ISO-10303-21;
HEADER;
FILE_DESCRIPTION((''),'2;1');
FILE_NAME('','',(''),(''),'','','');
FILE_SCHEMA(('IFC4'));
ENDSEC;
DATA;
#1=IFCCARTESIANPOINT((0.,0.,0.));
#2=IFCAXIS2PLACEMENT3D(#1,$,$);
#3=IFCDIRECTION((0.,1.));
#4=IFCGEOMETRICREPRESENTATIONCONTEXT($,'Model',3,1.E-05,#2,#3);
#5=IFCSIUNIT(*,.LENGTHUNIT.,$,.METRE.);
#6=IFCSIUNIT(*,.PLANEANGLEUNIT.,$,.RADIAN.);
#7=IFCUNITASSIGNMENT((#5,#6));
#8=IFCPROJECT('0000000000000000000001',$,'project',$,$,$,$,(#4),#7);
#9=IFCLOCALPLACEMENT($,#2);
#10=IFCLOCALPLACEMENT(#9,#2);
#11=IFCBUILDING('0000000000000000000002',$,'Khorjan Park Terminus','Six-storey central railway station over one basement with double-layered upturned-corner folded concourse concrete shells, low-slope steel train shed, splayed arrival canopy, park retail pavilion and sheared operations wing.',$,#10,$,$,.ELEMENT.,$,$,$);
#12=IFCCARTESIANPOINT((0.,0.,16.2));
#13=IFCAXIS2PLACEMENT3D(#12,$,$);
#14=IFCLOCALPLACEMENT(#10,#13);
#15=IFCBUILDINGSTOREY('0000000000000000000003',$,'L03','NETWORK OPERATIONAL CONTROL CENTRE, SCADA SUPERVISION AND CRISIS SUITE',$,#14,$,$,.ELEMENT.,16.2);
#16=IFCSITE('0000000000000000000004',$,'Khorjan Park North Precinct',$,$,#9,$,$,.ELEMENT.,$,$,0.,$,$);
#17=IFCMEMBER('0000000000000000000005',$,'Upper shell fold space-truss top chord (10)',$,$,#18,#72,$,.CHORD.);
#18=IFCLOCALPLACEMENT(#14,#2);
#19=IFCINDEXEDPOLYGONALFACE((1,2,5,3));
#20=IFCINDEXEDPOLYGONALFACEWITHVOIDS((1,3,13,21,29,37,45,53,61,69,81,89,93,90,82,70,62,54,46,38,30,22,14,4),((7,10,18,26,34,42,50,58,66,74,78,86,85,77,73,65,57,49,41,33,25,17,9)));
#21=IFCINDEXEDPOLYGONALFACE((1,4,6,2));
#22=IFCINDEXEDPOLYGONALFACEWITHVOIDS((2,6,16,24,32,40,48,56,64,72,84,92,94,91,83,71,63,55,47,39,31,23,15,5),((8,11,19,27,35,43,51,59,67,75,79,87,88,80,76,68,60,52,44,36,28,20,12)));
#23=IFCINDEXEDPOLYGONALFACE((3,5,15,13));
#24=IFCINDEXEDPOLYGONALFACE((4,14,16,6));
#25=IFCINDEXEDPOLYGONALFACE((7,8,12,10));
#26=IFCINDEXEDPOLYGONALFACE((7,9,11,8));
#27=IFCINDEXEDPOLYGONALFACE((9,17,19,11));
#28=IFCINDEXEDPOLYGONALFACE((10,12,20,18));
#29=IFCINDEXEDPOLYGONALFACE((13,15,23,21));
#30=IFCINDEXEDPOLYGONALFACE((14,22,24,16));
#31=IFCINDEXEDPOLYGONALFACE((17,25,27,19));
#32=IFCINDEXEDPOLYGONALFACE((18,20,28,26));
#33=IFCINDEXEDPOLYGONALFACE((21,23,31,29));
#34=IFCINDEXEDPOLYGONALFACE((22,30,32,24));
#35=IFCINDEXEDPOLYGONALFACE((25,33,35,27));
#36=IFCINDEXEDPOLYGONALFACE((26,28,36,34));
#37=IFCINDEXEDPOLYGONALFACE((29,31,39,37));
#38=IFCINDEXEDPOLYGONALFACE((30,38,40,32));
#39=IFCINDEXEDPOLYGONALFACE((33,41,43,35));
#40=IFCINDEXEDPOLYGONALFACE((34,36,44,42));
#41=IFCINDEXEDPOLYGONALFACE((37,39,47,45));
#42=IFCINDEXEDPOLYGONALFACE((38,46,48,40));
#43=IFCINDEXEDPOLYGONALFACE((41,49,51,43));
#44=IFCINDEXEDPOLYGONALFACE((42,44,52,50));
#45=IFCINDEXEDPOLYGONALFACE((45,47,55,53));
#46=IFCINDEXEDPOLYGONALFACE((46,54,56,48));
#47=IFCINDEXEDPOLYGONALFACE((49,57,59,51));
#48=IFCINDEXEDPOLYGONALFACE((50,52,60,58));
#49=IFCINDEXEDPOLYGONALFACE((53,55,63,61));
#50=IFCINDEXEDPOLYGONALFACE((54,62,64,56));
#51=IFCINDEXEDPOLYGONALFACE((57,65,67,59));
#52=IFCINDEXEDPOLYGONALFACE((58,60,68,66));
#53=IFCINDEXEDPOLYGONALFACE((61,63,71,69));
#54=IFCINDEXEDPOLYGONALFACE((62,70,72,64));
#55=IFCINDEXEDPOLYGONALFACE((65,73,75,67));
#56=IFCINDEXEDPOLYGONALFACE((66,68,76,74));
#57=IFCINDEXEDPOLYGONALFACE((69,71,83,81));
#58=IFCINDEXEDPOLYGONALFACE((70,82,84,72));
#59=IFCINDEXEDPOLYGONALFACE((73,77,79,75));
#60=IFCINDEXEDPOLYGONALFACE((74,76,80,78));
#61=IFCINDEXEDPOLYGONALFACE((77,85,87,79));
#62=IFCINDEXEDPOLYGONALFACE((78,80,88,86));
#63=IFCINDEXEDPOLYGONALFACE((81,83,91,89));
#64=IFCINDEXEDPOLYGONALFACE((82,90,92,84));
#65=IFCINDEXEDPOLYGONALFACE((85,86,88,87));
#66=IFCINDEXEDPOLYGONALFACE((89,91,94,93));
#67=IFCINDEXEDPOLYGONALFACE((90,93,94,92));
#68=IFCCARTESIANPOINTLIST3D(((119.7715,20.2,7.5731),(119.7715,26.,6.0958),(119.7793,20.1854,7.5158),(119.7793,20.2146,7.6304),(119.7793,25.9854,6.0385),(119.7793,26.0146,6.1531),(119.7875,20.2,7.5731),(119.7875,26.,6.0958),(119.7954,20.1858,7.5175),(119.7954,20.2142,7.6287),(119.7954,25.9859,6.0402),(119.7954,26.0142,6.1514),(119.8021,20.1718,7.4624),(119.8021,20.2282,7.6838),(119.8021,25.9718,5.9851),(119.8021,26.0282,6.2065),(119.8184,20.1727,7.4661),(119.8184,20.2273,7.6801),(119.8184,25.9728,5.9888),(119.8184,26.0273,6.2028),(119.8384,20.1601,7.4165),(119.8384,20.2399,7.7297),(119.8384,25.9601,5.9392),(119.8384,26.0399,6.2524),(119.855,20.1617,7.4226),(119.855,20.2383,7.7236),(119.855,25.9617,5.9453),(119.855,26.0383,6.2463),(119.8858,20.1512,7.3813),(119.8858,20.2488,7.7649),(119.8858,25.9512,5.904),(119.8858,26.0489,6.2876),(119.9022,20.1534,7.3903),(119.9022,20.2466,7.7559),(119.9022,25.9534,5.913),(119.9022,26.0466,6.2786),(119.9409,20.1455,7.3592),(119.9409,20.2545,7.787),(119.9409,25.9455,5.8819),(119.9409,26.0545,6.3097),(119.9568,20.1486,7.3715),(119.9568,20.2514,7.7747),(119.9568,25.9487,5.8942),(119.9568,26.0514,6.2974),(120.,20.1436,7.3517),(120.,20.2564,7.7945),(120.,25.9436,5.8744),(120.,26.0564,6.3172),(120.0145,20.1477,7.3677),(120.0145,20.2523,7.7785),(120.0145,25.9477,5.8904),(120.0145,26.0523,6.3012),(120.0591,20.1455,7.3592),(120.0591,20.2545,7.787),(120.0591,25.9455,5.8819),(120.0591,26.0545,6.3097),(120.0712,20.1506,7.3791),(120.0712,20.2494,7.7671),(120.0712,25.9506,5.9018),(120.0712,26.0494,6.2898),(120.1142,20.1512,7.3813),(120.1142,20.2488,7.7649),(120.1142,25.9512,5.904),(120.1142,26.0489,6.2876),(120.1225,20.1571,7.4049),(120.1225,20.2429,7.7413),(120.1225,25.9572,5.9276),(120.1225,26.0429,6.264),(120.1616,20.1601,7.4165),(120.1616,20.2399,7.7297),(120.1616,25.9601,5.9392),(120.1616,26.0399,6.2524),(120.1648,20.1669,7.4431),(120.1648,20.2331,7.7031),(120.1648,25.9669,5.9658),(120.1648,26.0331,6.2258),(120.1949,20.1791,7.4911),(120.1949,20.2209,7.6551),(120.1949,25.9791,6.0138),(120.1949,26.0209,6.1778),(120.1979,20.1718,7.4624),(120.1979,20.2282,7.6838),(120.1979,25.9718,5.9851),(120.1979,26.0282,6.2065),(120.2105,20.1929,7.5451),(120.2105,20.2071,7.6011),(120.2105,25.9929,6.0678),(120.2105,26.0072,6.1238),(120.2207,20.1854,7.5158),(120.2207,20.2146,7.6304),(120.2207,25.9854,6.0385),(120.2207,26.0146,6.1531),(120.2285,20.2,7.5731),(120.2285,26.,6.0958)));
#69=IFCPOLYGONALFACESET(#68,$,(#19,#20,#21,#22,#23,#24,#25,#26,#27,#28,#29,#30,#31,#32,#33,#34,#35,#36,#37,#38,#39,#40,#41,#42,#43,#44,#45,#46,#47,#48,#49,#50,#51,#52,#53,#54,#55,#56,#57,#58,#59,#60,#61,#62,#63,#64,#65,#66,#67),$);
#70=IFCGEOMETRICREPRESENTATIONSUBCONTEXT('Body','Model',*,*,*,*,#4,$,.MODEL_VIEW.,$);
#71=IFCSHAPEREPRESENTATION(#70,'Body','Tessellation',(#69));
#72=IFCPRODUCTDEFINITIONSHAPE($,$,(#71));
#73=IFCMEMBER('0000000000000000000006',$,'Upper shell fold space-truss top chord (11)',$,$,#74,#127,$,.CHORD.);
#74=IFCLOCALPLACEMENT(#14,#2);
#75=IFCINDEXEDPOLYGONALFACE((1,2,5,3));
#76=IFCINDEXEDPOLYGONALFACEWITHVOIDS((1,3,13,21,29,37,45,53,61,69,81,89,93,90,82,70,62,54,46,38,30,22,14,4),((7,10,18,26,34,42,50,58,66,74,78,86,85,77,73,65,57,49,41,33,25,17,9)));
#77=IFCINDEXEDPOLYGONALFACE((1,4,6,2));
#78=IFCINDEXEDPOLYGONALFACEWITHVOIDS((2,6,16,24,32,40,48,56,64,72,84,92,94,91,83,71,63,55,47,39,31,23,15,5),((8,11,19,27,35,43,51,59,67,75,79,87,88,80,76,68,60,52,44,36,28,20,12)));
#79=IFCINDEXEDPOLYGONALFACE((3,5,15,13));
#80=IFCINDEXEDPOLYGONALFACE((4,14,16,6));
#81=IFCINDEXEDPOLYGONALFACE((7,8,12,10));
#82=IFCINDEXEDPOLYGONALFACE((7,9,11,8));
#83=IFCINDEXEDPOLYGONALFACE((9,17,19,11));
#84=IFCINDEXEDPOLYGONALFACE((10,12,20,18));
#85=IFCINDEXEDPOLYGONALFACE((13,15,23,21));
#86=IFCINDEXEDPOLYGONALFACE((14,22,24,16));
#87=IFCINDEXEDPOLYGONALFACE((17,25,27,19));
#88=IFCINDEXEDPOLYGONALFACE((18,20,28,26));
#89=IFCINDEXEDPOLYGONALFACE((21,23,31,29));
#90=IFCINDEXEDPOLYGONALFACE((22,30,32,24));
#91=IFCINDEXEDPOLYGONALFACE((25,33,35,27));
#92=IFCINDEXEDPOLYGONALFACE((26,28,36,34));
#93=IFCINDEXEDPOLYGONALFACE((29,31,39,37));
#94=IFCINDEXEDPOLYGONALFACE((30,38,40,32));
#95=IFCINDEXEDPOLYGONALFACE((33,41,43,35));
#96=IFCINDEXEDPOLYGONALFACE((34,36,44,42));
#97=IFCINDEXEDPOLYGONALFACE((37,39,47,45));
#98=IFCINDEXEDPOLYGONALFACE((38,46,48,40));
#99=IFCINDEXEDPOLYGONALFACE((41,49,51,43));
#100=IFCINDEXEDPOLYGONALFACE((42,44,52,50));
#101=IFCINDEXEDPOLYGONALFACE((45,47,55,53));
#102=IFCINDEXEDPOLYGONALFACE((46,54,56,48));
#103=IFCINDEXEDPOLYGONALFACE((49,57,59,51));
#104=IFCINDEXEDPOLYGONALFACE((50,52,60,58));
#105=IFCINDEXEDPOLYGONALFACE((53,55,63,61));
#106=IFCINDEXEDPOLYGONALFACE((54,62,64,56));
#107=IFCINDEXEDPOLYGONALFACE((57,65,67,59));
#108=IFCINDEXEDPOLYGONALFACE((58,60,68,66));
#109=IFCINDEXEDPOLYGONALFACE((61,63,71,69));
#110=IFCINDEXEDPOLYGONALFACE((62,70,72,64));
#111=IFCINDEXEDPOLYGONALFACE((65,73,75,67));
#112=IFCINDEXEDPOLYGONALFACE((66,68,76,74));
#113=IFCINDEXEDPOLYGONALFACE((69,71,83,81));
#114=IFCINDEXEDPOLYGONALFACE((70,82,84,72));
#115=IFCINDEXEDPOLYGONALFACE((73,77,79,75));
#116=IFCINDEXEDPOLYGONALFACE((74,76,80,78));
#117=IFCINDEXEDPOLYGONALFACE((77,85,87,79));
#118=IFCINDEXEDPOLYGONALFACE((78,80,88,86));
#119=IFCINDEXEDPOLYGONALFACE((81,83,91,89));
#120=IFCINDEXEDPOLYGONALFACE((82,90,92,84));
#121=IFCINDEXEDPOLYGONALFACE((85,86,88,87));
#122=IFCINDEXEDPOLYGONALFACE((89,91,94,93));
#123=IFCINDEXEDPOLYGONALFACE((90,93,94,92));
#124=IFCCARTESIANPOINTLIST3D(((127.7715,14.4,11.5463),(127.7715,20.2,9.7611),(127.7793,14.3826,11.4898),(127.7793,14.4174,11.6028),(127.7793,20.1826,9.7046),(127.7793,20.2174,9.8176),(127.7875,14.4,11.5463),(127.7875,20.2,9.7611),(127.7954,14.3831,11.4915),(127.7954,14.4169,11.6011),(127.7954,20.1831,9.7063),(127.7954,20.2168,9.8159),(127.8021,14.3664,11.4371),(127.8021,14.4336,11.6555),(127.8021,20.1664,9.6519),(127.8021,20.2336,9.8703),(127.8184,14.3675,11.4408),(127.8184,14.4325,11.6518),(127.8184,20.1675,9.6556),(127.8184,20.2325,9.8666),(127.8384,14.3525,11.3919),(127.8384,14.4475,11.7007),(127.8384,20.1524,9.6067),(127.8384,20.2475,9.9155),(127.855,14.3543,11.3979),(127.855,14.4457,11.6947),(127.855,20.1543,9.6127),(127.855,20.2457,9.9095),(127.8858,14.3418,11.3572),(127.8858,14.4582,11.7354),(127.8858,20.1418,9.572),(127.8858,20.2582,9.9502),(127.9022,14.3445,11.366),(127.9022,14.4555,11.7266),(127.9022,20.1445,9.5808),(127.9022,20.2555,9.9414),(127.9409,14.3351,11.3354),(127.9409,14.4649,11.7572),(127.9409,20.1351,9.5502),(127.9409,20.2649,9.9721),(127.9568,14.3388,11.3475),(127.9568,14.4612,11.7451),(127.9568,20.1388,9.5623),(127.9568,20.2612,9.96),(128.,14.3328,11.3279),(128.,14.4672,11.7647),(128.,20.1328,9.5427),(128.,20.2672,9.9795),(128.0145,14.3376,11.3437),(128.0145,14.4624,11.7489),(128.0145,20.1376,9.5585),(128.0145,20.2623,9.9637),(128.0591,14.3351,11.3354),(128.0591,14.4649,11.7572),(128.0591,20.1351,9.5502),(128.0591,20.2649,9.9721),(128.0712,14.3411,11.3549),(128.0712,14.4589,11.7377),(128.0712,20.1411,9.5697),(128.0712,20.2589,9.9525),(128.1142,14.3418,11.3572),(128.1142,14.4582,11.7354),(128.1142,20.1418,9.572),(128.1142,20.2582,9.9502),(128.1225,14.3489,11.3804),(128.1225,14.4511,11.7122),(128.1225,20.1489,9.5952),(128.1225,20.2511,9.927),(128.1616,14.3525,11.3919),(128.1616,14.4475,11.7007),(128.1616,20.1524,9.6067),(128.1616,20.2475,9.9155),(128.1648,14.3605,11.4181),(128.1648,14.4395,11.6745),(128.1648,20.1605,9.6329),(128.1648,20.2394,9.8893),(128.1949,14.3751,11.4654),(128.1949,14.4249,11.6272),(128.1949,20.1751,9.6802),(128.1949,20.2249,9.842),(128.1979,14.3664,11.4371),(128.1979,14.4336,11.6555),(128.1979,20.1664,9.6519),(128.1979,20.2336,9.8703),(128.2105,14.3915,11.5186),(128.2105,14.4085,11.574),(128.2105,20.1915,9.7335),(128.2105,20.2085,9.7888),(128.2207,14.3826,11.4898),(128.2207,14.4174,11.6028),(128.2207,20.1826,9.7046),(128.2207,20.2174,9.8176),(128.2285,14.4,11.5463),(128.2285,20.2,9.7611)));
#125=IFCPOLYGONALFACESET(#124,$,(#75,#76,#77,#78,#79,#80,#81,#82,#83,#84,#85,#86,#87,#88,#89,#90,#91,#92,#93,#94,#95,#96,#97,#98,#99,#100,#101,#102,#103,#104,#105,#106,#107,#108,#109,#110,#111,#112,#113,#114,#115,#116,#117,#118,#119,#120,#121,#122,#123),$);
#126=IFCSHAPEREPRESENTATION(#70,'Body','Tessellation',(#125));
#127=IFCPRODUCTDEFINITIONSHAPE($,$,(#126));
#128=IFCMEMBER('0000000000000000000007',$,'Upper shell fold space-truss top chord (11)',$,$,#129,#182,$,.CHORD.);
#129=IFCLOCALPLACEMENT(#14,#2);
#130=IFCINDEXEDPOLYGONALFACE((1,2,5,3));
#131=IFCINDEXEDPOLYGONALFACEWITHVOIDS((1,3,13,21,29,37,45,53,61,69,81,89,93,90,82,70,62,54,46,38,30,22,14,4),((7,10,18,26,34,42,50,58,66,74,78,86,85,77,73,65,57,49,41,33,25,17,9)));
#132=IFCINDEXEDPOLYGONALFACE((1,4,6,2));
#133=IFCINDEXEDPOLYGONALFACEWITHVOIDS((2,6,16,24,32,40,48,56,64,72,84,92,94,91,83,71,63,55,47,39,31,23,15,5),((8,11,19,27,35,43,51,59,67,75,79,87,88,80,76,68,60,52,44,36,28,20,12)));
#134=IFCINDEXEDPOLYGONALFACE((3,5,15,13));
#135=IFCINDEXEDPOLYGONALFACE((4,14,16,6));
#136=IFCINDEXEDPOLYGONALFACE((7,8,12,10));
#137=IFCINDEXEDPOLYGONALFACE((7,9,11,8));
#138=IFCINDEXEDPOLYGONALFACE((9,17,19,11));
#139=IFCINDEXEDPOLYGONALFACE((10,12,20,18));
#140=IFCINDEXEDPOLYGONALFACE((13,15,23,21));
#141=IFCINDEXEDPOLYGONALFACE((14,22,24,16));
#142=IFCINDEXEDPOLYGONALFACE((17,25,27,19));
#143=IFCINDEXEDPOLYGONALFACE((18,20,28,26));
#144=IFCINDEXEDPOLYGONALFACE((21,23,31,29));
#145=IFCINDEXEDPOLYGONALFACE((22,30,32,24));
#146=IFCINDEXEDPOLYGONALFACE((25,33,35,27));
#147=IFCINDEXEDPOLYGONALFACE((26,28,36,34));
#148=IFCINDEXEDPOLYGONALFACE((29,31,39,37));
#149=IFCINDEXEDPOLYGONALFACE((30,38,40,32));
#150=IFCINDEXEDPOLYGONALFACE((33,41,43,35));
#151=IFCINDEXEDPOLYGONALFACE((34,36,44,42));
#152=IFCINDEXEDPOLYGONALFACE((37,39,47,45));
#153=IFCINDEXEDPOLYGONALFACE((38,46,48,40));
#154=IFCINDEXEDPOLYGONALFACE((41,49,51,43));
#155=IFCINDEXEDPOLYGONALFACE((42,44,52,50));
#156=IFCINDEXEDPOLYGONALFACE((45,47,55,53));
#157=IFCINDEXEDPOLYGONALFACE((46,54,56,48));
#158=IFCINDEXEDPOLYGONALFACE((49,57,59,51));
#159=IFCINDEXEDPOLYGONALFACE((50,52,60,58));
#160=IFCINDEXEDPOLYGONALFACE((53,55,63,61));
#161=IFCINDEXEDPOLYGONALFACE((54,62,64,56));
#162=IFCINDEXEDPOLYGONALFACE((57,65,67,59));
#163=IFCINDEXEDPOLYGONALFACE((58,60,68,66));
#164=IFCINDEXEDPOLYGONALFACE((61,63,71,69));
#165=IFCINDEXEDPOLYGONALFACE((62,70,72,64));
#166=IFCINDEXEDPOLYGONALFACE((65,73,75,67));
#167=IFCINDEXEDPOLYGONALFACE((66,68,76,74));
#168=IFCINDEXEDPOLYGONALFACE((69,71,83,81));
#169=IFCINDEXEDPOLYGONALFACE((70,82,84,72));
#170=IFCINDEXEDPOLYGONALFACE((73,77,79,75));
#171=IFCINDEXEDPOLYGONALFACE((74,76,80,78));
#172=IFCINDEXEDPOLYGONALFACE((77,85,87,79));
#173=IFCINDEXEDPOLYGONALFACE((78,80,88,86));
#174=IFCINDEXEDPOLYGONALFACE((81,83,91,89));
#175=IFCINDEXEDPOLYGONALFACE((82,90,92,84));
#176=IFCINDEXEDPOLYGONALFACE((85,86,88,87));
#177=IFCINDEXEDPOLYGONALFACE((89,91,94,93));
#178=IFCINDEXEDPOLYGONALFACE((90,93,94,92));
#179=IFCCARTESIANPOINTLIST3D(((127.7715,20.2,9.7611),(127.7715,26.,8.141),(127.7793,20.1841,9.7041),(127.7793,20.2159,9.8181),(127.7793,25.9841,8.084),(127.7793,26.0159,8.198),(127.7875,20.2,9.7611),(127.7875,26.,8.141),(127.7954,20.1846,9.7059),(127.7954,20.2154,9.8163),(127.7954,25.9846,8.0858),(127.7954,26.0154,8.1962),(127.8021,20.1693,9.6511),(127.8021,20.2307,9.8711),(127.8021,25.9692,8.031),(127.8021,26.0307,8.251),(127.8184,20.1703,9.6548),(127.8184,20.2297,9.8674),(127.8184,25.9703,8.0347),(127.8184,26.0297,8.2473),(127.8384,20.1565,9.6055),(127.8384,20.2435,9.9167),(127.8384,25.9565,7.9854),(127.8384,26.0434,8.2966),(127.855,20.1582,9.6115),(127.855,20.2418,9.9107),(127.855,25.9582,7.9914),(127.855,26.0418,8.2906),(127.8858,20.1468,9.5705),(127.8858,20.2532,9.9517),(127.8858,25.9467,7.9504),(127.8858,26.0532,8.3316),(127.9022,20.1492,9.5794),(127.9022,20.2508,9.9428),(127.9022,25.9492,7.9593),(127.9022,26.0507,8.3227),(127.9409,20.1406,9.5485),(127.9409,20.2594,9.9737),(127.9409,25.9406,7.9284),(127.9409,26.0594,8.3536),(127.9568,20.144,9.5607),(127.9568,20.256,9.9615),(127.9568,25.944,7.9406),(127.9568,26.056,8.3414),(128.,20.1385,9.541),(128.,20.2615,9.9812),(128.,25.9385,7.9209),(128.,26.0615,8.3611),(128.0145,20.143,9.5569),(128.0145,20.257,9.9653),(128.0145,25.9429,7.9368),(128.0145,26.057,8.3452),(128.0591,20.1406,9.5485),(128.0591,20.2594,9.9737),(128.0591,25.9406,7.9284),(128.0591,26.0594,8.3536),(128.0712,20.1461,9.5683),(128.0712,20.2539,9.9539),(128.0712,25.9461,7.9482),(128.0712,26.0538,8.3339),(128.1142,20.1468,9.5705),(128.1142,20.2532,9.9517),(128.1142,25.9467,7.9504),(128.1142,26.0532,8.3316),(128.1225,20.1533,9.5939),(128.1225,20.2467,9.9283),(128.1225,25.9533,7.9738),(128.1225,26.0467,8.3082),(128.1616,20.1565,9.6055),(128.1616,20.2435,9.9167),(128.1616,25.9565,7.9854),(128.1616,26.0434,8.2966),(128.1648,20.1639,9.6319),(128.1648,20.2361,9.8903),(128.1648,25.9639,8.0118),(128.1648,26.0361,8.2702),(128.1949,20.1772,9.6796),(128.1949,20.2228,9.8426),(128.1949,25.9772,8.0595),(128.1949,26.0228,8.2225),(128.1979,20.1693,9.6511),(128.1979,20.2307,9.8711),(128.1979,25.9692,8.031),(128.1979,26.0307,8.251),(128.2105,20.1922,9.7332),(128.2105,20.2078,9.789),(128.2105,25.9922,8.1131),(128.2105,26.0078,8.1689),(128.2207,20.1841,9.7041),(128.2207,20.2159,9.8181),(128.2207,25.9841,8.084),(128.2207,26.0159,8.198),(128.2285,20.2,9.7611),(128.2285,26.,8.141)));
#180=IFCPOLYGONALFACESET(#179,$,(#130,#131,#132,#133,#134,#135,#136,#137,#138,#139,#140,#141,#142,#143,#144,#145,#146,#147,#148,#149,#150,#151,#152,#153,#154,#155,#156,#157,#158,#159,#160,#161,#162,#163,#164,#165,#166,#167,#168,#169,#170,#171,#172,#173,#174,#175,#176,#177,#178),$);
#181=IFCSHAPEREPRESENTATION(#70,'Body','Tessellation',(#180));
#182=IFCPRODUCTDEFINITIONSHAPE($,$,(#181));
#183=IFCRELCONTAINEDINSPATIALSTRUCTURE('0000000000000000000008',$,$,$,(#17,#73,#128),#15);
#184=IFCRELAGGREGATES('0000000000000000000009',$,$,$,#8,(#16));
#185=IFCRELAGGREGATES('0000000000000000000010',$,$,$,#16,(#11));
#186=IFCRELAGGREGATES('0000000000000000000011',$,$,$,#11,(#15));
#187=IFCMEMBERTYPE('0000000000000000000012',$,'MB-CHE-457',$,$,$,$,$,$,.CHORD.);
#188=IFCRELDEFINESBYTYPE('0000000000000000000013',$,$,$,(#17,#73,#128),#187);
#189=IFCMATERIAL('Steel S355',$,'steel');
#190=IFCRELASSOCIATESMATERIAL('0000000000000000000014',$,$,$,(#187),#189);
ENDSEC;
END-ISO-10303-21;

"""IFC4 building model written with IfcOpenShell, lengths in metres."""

from ifc_helpers import new_model, si_unit, direction, frame, origin, origin_2d, place, context, subcontext, project, spatial, hollow_circle, extrude, material, material_profile, profile_set, type_object, element, save


model = new_model("IFC4")

# Units and contexts
model_context = context("Model", 3, precision=1e-05, world=origin(), true_north=direction((0.0, 1.0)))
body_context = subcontext(model_context, "Body", "Model", "MODEL_VIEW")
ifc_project = project(units=[si_unit("LENGTHUNIT", "METRE"), si_unit("PLANEANGLEUNIT", "RADIAN")], contexts=[model_context])

# Site, building, storey
site_placement = place(None, origin())
site = spatial("IfcSite", under=ifc_project, at=site_placement, Name="Khorjan Park North Precinct", CompositionType="ELEMENT", RefElevation=0.0)
building_placement = place(site_placement, origin())
building = spatial("IfcBuilding", under=site, at=building_placement, Name="Khorjan Park Terminus", Description="Six-storey central railway station over one basement with double-layered upturned-corner folded concourse concrete shells, low-slope steel train shed, splayed arrival canopy, park retail pavilion and sheared operations wing.", CompositionType="ELEMENT")
storey_placement = place(building_placement, frame((0.0, 0.0, 16.2)))
storey = spatial("IfcBuildingStorey", under=building, at=storey_placement, Name="L03", Description="NETWORK OPERATIONAL CONTROL CENTRE, SCADA SUPERVISION AND CRISIS SUITE", CompositionType="ELEMENT", Elevation=16.2)

# Members
ifc_material = material(Name="Steel S355", Category="steel")
ifc_material_profile_1 = material_profile(ifc_material, hollow_circle(Radius=0.2285, WallThickness=0.016, at=origin_2d()), Name="CHS 457x16")
ifc_profile_set_1 = profile_set([ifc_material_profile_1], Name="Steel S355")
member_type_1 = type_object("IfcMemberType", Name="MB-CHE-457", PredefinedType="CHORD", material=ifc_profile_set_1)
member_1_placement = place(storey_placement, frame((120.0, 20.2, 7.5731), z_axis=(0.0, 0.96906, -0.246826), x_axis=(-1.0, 0.0, 0.0)))
element("IfcMember", 1, at=member_1_placement, inside=storey, type_object=member_type_1, Name="Upper shell fold space-truss top chord (10)", PredefinedType="CHORD", context=body_context, shape_type="SweptSolid", body=[
    extrude(hollow_circle(Radius=0.2285, WallThickness=0.016, at=origin_2d()), origin(), (0.0, 0.0, 1.0), 5.9852),
])
member_2_placement = place(storey_placement, frame((128.0, 14.4, 11.5463), z_axis=(0.0, 0.955752, -0.294174), x_axis=(-1.0, 0.0, 0.0)))
element("IfcMember", 2, at=member_2_placement, inside=storey, type_object=member_type_1, Name="Upper shell fold space-truss top chord (11)", PredefinedType="CHORD", context=body_context, shape_type="SweptSolid", body=[
    extrude(hollow_circle(Radius=0.2285, WallThickness=0.016, at=origin_2d()), origin(), (0.0, 0.0, 1.0), 6.0685),
])
member_3_placement = place(storey_placement, frame((128.0, 20.2, 9.7611), z_axis=(0.0, 0.963132, -0.269029), x_axis=(-1.0, 0.0, 0.0)))
element("IfcMember", 3, at=member_3_placement, inside=storey, type_object=member_type_1, Name="Upper shell fold space-truss top chord (11)", PredefinedType="CHORD", context=body_context, shape_type="SweptSolid", body=[
    extrude(hollow_circle(Radius=0.2285, WallThickness=0.016, at=origin_2d()), origin(), (0.0, 0.0, 1.0), 6.022),
])

save(model, "model.ifc")
